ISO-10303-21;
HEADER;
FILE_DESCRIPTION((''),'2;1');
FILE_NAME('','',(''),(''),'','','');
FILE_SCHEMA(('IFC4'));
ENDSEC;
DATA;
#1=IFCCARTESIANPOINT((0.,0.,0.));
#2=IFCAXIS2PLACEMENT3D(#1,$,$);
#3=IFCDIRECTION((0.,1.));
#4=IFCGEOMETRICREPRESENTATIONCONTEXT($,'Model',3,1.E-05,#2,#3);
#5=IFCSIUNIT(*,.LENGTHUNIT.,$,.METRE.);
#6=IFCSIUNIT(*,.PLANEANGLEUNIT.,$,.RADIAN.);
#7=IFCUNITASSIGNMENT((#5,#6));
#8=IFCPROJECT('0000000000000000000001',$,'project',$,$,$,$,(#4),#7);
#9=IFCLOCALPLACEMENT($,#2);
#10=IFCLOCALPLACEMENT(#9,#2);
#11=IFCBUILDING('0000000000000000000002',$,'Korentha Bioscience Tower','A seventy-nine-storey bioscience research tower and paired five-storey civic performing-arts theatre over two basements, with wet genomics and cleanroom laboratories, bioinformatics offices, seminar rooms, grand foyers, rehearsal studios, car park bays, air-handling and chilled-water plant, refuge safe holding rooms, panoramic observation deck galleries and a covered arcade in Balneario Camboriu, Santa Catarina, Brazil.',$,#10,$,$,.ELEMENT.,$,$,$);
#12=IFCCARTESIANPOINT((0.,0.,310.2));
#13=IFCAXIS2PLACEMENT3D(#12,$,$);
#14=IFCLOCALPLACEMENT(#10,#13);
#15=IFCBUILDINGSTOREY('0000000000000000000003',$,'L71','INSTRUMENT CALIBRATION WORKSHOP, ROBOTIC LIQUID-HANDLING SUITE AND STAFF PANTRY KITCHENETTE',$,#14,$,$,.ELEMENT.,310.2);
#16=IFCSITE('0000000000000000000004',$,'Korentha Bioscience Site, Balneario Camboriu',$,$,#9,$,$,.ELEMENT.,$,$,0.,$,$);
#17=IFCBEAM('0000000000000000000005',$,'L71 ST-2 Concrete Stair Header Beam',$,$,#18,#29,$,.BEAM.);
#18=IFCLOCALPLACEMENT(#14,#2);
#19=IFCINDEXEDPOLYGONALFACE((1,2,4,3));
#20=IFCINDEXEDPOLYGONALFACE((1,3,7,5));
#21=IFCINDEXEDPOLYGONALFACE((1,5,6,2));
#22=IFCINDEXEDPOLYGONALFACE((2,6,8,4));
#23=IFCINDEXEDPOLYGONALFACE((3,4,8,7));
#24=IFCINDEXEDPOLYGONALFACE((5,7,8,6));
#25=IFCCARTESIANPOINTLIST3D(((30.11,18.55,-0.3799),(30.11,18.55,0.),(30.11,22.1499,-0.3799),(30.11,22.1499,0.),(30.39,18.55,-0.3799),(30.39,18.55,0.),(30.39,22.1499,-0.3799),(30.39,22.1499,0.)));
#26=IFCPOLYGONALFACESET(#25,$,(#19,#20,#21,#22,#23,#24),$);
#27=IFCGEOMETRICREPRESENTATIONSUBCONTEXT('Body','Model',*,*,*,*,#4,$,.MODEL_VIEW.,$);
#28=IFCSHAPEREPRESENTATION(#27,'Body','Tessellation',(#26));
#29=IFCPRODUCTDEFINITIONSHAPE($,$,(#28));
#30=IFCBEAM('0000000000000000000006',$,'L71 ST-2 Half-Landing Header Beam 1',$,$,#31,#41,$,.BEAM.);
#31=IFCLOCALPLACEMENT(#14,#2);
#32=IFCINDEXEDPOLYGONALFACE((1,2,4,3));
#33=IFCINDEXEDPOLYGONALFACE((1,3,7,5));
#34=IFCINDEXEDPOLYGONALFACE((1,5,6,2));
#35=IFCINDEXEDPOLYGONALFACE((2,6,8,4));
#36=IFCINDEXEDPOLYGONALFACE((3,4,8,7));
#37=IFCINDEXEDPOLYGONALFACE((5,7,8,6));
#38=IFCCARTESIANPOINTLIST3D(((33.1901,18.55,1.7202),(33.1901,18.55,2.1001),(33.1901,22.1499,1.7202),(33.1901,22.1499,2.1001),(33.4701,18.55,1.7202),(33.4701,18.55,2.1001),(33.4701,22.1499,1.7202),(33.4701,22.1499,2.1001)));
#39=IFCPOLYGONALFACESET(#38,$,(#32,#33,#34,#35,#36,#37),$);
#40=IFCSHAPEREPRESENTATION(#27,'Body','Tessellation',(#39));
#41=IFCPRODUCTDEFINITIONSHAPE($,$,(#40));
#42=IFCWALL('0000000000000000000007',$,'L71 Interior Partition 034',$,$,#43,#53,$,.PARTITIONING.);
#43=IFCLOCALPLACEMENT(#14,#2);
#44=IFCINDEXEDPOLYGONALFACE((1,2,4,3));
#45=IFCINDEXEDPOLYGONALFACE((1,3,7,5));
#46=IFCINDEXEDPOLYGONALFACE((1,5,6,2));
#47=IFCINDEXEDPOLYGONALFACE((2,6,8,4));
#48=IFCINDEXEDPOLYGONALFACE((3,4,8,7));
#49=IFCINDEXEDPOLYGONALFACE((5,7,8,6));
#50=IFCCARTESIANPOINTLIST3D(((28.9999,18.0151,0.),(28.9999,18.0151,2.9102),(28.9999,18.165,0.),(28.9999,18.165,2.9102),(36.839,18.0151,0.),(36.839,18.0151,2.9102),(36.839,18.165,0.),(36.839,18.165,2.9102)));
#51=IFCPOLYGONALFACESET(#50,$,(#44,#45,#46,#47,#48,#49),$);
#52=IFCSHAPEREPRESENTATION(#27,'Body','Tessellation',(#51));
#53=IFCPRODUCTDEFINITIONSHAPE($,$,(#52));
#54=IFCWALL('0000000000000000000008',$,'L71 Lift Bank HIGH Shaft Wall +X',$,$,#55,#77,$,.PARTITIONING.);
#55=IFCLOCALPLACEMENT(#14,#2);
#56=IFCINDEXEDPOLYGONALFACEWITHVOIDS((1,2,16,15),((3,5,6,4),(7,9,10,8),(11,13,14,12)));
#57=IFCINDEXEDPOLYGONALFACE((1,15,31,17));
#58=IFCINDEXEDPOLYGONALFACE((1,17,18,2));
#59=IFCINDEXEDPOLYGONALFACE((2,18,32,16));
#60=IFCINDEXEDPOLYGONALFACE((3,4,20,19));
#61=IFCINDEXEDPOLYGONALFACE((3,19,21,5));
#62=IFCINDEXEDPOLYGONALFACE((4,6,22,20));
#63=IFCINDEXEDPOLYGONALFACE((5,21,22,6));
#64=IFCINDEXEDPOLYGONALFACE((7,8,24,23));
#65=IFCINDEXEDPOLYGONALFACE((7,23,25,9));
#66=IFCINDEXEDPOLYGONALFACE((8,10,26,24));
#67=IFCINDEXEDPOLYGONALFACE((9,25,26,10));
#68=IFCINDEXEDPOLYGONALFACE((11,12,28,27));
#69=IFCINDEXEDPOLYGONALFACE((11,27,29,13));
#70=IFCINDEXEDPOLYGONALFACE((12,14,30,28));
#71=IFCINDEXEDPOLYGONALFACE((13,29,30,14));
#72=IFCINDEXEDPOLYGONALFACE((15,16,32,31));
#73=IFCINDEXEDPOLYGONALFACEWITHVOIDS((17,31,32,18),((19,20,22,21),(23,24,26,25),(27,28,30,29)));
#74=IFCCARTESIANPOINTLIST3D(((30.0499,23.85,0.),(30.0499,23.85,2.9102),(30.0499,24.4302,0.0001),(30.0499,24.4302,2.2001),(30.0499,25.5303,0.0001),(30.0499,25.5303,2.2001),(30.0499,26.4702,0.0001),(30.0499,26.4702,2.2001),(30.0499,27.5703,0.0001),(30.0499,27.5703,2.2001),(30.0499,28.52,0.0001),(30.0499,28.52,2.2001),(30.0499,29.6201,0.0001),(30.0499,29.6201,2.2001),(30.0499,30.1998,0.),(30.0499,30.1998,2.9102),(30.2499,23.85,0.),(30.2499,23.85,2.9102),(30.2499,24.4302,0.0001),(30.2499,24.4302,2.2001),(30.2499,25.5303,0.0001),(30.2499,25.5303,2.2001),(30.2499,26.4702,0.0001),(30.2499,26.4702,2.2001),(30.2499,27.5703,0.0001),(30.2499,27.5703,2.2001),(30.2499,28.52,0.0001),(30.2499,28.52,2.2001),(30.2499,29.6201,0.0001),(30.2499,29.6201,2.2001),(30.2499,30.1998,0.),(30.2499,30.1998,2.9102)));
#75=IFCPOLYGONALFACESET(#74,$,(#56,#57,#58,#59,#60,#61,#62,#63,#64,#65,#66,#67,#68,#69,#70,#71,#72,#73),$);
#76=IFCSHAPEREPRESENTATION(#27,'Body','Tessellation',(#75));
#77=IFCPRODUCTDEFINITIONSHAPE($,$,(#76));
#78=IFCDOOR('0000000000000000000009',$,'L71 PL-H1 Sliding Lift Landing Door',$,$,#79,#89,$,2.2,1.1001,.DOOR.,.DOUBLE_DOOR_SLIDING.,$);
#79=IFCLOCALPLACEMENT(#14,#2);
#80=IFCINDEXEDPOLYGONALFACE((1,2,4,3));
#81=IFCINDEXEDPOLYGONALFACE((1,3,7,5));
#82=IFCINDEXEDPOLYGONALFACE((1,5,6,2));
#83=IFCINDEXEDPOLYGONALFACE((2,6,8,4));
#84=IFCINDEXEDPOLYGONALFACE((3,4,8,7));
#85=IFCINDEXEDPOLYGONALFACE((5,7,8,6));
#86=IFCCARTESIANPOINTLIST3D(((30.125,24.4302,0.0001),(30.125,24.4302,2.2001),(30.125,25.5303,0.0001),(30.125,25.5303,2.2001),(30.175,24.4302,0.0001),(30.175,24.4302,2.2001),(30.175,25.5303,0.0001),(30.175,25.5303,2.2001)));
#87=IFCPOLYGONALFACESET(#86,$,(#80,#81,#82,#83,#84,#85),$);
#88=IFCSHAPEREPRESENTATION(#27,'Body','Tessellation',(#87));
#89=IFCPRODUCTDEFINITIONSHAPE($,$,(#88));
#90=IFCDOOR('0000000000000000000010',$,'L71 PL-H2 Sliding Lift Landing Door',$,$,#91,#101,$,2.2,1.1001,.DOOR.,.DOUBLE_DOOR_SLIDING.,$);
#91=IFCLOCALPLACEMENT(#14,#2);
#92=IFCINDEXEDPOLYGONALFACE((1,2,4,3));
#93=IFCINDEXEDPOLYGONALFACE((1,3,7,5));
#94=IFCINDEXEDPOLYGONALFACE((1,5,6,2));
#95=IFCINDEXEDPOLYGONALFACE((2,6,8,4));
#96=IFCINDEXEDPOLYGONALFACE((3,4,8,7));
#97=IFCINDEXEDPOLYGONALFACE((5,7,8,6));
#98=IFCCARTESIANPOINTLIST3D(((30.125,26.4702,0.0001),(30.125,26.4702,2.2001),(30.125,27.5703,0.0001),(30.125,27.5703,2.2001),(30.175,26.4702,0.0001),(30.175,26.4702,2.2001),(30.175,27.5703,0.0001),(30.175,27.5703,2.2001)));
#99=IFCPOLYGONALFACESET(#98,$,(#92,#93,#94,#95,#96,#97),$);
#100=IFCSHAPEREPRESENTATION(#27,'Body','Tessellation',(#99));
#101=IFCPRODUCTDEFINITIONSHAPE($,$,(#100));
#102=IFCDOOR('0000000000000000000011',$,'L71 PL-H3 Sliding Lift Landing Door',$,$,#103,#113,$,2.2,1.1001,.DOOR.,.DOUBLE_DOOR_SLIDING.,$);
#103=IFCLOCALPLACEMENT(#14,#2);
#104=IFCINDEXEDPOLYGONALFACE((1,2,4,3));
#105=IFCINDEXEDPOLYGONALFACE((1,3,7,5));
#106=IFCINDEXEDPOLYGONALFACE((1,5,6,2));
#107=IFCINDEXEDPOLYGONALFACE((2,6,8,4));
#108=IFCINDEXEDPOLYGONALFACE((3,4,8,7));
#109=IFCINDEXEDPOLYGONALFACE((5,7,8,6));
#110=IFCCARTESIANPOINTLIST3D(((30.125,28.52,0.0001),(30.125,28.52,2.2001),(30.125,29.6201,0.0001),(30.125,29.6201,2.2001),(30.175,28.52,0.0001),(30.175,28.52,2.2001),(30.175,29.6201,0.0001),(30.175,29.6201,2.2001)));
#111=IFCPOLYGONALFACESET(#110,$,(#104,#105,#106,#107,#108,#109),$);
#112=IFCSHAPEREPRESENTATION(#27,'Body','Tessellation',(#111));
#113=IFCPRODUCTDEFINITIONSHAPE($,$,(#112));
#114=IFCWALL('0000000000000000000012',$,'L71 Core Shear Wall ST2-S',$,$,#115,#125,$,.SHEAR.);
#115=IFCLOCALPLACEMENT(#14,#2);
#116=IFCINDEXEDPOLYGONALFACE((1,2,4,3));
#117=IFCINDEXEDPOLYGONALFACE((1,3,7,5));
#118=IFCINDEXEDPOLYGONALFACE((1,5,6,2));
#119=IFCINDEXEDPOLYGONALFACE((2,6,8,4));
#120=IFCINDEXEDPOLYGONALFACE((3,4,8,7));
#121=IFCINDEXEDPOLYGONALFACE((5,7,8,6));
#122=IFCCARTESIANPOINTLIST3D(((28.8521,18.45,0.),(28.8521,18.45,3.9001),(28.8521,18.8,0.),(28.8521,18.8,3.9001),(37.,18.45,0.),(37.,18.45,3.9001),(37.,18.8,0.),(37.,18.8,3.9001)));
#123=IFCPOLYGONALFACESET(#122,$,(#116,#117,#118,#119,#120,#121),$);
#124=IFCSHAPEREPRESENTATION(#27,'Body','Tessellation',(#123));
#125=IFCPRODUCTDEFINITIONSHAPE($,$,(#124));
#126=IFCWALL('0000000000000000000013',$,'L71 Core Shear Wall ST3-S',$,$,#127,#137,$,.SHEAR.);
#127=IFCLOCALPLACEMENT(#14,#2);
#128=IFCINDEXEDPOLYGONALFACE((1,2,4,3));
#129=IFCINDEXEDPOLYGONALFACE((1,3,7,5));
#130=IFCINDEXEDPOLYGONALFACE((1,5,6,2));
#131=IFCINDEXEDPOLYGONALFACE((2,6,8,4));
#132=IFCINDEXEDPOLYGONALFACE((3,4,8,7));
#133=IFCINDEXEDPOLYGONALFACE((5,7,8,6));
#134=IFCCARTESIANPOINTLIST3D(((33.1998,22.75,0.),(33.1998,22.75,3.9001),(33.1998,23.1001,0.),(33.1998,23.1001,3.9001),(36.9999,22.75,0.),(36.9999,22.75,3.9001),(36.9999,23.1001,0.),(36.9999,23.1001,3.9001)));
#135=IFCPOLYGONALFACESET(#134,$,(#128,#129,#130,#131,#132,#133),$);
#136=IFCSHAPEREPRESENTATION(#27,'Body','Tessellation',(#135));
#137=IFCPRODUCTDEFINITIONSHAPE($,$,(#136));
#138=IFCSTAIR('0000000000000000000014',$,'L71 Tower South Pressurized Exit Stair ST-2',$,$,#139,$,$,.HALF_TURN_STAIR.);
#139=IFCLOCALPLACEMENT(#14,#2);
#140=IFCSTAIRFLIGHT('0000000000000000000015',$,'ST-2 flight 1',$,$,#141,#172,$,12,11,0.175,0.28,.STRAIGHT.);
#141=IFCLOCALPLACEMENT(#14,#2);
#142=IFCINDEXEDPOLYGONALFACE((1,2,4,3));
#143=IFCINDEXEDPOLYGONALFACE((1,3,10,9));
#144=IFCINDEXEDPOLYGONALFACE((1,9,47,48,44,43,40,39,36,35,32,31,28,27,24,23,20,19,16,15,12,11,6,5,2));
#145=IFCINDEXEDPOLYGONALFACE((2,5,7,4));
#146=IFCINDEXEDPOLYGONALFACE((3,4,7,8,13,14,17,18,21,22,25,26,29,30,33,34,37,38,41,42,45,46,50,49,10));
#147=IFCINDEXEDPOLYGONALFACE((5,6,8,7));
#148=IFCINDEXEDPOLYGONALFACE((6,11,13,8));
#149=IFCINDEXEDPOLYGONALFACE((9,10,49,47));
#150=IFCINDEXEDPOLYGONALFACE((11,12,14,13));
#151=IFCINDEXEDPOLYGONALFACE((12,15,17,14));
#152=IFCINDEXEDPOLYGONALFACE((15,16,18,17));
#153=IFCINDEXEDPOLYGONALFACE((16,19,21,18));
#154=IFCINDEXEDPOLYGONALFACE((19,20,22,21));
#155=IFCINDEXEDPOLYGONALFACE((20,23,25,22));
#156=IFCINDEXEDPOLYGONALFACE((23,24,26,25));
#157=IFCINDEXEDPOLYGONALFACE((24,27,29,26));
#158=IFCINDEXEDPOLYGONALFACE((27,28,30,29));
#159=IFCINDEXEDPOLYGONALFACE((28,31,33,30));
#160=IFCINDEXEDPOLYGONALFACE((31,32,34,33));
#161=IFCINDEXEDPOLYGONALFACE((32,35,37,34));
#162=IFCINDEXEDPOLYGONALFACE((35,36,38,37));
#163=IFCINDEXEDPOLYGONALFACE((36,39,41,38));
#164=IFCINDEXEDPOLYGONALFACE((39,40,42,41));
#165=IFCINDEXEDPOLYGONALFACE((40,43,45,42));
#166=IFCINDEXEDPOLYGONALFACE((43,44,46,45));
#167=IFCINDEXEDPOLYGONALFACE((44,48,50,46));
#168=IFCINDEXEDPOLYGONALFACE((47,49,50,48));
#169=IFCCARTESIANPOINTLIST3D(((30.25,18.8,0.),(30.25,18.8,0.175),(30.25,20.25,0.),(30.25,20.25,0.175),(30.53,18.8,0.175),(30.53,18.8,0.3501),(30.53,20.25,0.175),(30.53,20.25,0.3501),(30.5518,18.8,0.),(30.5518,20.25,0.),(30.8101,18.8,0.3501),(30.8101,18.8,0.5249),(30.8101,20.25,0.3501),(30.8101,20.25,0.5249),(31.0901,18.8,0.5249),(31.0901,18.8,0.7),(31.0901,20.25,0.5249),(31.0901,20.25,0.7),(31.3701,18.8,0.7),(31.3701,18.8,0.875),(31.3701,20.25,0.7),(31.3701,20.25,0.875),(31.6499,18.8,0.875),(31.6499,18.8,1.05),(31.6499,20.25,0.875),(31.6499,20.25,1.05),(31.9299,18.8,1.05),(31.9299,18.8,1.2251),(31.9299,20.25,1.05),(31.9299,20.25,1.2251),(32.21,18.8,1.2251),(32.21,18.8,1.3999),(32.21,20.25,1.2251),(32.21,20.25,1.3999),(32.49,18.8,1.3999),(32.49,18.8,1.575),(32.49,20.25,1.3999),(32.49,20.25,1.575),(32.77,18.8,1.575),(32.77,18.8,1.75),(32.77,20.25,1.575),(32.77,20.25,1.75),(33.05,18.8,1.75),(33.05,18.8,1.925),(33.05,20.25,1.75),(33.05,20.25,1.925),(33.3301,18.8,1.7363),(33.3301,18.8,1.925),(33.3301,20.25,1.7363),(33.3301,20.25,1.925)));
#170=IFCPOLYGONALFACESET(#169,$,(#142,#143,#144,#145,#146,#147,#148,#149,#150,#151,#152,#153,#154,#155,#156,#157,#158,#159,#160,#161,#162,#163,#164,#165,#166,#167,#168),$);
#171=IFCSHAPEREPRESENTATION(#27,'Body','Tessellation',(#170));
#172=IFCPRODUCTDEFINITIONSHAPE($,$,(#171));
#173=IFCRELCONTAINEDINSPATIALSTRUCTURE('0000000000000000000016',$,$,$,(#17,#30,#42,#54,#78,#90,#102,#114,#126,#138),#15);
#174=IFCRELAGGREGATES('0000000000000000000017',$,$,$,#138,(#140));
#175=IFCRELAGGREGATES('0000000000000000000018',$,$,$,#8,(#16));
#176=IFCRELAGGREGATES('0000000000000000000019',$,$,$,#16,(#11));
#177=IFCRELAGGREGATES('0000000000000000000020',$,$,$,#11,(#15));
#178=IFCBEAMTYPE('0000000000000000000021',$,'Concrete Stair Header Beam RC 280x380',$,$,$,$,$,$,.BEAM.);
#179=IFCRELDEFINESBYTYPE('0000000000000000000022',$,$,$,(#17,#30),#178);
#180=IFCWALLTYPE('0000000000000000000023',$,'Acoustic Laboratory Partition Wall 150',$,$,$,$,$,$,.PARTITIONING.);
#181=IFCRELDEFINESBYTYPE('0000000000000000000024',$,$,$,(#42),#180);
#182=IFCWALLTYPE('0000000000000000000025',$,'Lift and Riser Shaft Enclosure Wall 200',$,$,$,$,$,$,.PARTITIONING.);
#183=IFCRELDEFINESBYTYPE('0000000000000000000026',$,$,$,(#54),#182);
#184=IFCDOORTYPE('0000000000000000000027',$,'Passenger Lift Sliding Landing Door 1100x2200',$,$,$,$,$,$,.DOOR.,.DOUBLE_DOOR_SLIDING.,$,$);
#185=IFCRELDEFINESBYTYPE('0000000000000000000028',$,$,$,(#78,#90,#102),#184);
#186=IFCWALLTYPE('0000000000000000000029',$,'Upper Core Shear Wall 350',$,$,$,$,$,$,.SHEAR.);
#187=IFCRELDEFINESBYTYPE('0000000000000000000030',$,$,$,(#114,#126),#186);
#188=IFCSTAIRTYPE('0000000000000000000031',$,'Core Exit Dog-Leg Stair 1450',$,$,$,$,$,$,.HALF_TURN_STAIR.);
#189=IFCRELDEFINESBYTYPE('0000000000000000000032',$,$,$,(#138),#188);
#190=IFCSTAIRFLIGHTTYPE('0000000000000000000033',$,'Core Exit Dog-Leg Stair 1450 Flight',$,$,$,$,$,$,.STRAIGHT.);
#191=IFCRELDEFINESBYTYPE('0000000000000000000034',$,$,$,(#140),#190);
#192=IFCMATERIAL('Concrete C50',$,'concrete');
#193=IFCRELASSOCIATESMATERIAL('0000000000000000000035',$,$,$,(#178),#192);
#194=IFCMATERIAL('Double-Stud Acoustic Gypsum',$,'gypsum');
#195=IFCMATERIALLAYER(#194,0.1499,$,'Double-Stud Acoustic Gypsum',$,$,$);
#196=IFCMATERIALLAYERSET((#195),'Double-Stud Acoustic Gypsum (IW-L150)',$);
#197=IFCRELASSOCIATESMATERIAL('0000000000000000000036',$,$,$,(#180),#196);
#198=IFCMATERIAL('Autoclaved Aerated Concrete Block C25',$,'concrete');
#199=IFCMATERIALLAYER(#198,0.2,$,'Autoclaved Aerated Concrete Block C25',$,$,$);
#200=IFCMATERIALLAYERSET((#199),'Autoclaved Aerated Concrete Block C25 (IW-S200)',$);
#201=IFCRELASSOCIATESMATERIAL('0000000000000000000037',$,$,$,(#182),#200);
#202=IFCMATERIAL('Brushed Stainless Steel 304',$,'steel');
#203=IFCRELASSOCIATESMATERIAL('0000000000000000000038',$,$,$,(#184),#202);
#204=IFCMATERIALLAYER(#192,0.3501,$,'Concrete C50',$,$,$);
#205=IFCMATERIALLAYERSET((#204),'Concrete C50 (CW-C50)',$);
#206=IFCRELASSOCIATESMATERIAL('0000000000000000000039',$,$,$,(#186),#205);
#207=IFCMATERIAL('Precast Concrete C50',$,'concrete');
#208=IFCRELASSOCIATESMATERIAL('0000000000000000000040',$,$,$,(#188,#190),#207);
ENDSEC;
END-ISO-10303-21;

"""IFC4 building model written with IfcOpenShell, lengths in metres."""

from ifc_helpers import new_model, si_unit, direction, frame, frame_2d, origin, origin_2d, place, context, subcontext, project, spatial, polyline, rectangle, outline, extrude, material, layer, layer_set, material_profile, profile_set, type_object, element, fill, aggregate, save


model = new_model("IFC4")

# Units and contexts
model_context = context("Model", 3, precision=1e-05, world=origin(), true_north=direction((0.0, 1.0)))
body_context = subcontext(model_context, "Body", "Model", "MODEL_VIEW")
ifc_project = project(units=[si_unit("LENGTHUNIT", "METRE"), si_unit("PLANEANGLEUNIT", "RADIAN")], contexts=[model_context])

# Site, building, storey
site_placement = place(None, origin())
site = spatial("IfcSite", under=ifc_project, at=site_placement, Name="Korentha Bioscience Site, Balneario Camboriu", CompositionType="ELEMENT", RefElevation=0.0)
building_placement = place(site_placement, origin())
building = spatial("IfcBuilding", under=site, at=building_placement, Name="Korentha Bioscience Tower", Description="A seventy-nine-storey bioscience research tower and paired five-storey civic performing-arts theatre over two basements, with wet genomics and cleanroom laboratories, bioinformatics offices, seminar rooms, grand foyers, rehearsal studios, car park bays, air-handling and chilled-water plant, refuge safe holding rooms, panoramic observation deck galleries and a covered arcade in Balneario Camboriu, Santa Catarina, Brazil.", CompositionType="ELEMENT")
storey_placement = place(building_placement, frame((0.0, 0.0, 310.2)))
storey = spatial("IfcBuildingStorey", under=building, at=storey_placement, Name="L71", Description="INSTRUMENT CALIBRATION WORKSHOP, ROBOTIC LIQUID-HANDLING SUITE AND STAFF PANTRY KITCHENETTE", CompositionType="ELEMENT", Elevation=310.2)

# Beams
ifc_material_1 = material(Name="Concrete C50", Category="concrete")
ifc_material_profile = material_profile(ifc_material_1, rectangle(XDim=0.28, YDim=0.3799, at=origin_2d()), Name="Concrete C50")
ifc_profile_set = profile_set([ifc_material_profile], Name="Concrete C50 (ST-HB380)")
beam_type = type_object("IfcBeamType", Name="Concrete Stair Header Beam RC 280x380", PredefinedType="BEAM", material=ifc_profile_set)
for number, where, z_axis, x_axis, name in (
    (1, (30.25, 18.55, -0.1899), (0.0, 1.0, 0.0), (-1.0, 0.0, 0.0), "L71 ST-2 Concrete Stair Header Beam"),
    (2, (33.3301, 18.55, 1.9102), (0.0, 1.0, 0.0), (-1.0, 0.0, 0.0), "L71 ST-2 Half-Landing Header Beam 1"),
):
    element("IfcBeam", number, at=place(storey_placement, frame(where, z_axis=z_axis, x_axis=x_axis)), inside=storey, type_object=beam_type, Name=name, PredefinedType="BEAM", context=body_context, shape_type="SweptSolid", body=[
        extrude(rectangle(XDim=0.28, YDim=0.3799, at=origin_2d()), origin(), (0.0, 0.0, 1.0), 3.5999),
    ])

# Wall
ifc_material_2 = material(Name="Double-Stud Acoustic Gypsum", Category="gypsum")
ifc_layer_1 = layer(ifc_material_2, 0.1499, Name="Double-Stud Acoustic Gypsum")
ifc_layer_set_1 = layer_set([ifc_layer_1], Name="Double-Stud Acoustic Gypsum (IW-L150)")
wall_type_1 = type_object("IfcWallType", Name="Acoustic Laboratory Partition Wall 150", PredefinedType="PARTITIONING", material=ifc_layer_set_1)
wall_1_placement = place(storey_placement, frame((29.0, 18.0901, 0.0), z_axis=(0.0, 0.0, 1.0), x_axis=(1.0, 0.0, 0.0)))
element("IfcWall", 3, at=wall_1_placement, inside=storey, type_object=wall_type_1, Name="L71 Interior Partition 034", PredefinedType="PARTITIONING", context=body_context, shape_type="SweptSolid", body=[
    extrude(rectangle(XDim=7.8391, YDim=0.1499, at=frame_2d((3.9194, 0.0))), origin(), (0.0, 0.0, 1.0), 2.9102),
])

# Wall, openings, doors
ifc_material_3 = material(Name="Autoclaved Aerated Concrete Block C25", Category="concrete")
ifc_layer_2 = layer(ifc_material_3, 0.2, Name="Autoclaved Aerated Concrete Block C25")
ifc_layer_set_2 = layer_set([ifc_layer_2], Name="Autoclaved Aerated Concrete Block C25 (IW-S200)")
wall_type_2 = type_object("IfcWallType", Name="Lift and Riser Shaft Enclosure Wall 200", PredefinedType="PARTITIONING", material=ifc_layer_set_2)
wall_2_placement = place(storey_placement, frame((30.1499, 23.8501, 0.0), z_axis=(0.0, 0.0, 1.0), x_axis=(0.0, 1.0, 0.0)))
wall_2 = element("IfcWall", 4, at=wall_2_placement, inside=storey, type_object=wall_type_2, Name="L71 Lift Bank HIGH Shaft Wall +X", PredefinedType="PARTITIONING", context=body_context, shape_type="SweptSolid", body=[
    extrude(rectangle(XDim=6.3499, YDim=0.2, at=frame_2d((3.1748, 0.0))), origin(), (0.0, 0.0, 1.0), 2.9102),
])
opening_1_placement = place(wall_2_placement, frame((0.5801, 0.0, 0.0)))
opening_1 = element("IfcOpeningElement", 5, at=opening_1_placement, cuts=wall_2, PredefinedType="OPENING", context=body_context, shape_type="SweptSolid", body=[
    extrude(rectangle(XDim=1.1001, YDim=2.2, at=frame_2d((0.55, 1.1001))), frame((0.0, 0.1147, 0.0), z_axis=(0.0, -1.0, 0.0), x_axis=(1.0, 0.0, 0.0)), (0.0, 0.0, 1.0), 0.2297),
])
opening_2_placement = place(wall_2_placement, frame((2.6201, 0.0, 0.0)))
opening_2 = element("IfcOpeningElement", 6, at=opening_2_placement, cuts=wall_2, PredefinedType="OPENING", context=body_context, shape_type="SweptSolid", body=[
    extrude(rectangle(XDim=1.1001, YDim=2.2, at=frame_2d((0.55, 1.1001))), frame((0.0, 0.1147, 0.0), z_axis=(0.0, -1.0, 0.0), x_axis=(1.0, 0.0, 0.0)), (0.0, 0.0, 1.0), 0.2297),
])
opening_3_placement = place(wall_2_placement, frame((4.6699, 0.0, 0.0)))
opening_3 = element("IfcOpeningElement", 7, at=opening_3_placement, cuts=wall_2, PredefinedType="OPENING", context=body_context, shape_type="SweptSolid", body=[
    extrude(rectangle(XDim=1.1001, YDim=2.2, at=frame_2d((0.55, 1.1001))), frame((0.0, 0.1147, 0.0), z_axis=(0.0, -1.0, 0.0), x_axis=(1.0, 0.0, 0.0)), (0.0, 0.0, 1.0), 0.2297),
])
ifc_material_4 = material(Name="Brushed Stainless Steel 304", Category="steel")
door_type_1 = type_object("IfcDoorType", Name="Passenger Lift Sliding Landing Door 1100x2200", OperationType="DOUBLE_DOOR_SLIDING", PredefinedType="DOOR", material=ifc_material_4)
door_1_placement = place(opening_1_placement, origin())
door_1 = element("IfcDoor", 8, at=door_1_placement, inside=storey, type_object=door_type_1, Name="L71 PL-H1 Sliding Lift Landing Door", OperationType="DOUBLE_DOOR_SLIDING", OverallHeight=2.2, OverallWidth=1.1001, PredefinedType="DOOR", context=body_context, shape_type="SweptSolid", body=[
    extrude(rectangle(XDim=1.1001, YDim=2.2, at=frame_2d((0.55, 1.1001))), frame((0.0, 0.0249, 0.0), z_axis=(0.0, -1.0, 0.0), x_axis=(1.0, 0.0, 0.0)), (0.0, 0.0, 1.0), 0.05),
])
fill(opening_1, door_1)
door_2_placement = place(opening_2_placement, origin())
door_2 = element("IfcDoor", 9, at=door_2_placement, inside=storey, type_object=door_type_1, Name="L71 PL-H2 Sliding Lift Landing Door", OperationType="DOUBLE_DOOR_SLIDING", OverallHeight=2.2, OverallWidth=1.1001, PredefinedType="DOOR", context=body_context, shape_type="SweptSolid", body=[
    extrude(rectangle(XDim=1.1001, YDim=2.2, at=frame_2d((0.55, 1.1001))), frame((0.0, 0.0249, 0.0), z_axis=(0.0, -1.0, 0.0), x_axis=(1.0, 0.0, 0.0)), (0.0, 0.0, 1.0), 0.05),
])
fill(opening_2, door_2)
door_3_placement = place(opening_3_placement, origin())
door_3 = element("IfcDoor", 10, at=door_3_placement, inside=storey, type_object=door_type_1, Name="L71 PL-H3 Sliding Lift Landing Door", OperationType="DOUBLE_DOOR_SLIDING", OverallHeight=2.2, OverallWidth=1.1001, PredefinedType="DOOR", context=body_context, shape_type="SweptSolid", body=[
    extrude(rectangle(XDim=1.1001, YDim=2.2, at=frame_2d((0.55, 1.1001))), frame((0.0, 0.0249, 0.0), z_axis=(0.0, -1.0, 0.0), x_axis=(1.0, 0.0, 0.0)), (0.0, 0.0, 1.0), 0.05),
])
fill(opening_3, door_3)

# Walls
ifc_layer_3 = layer(ifc_material_1, 0.3501, Name="Concrete C50")
ifc_layer_set_3 = layer_set([ifc_layer_3], Name="Concrete C50 (CW-C50)")
wall_type_3 = type_object("IfcWallType", Name="Upper Core Shear Wall 350", PredefinedType="SHEAR", material=ifc_layer_set_3)
wall_3_placement = place(storey_placement, frame((28.8521, 18.625, 0.0), z_axis=(0.0, 0.0, 1.0), x_axis=(1.0, 0.0, 0.0)))
element("IfcWall", 11, at=wall_3_placement, inside=storey, type_object=wall_type_3, Name="L71 Core Shear Wall ST2-S", PredefinedType="SHEAR", context=body_context, shape_type="SweptSolid", body=[
    extrude(rectangle(XDim=8.1479, YDim=0.3501, at=frame_2d((4.074, 0.0))), origin(), (0.0, 0.0, 1.0), 3.9001),
])
wall_4_placement = place(storey_placement, frame((33.2, 22.925, 0.0), z_axis=(0.0, 0.0, 1.0), x_axis=(1.0, 0.0, 0.0)))
element("IfcWall", 12, at=wall_4_placement, inside=storey, type_object=wall_type_3, Name="L71 Core Shear Wall ST3-S", PredefinedType="SHEAR", context=body_context, shape_type="SweptSolid", body=[
    extrude(rectangle(XDim=3.8, YDim=0.3501, at=frame_2d((1.8999, 0.0))), origin(), (0.0, 0.0, 1.0), 3.9001),
])

# Stair, stair flight
ifc_material_5 = material(Name="Precast Concrete C50", Category="concrete")
stair_type = type_object("IfcStairType", Name="Core Exit Dog-Leg Stair 1450", PredefinedType="HALF_TURN_STAIR", material=ifc_material_5)
stair_1_placement = place(storey_placement, origin())
stair_1 = element("IfcStair", 13, at=stair_1_placement, inside=storey, type_object=stair_type, Name="L71 Tower South Pressurized Exit Stair ST-2", PredefinedType="HALF_TURN_STAIR")
stair_flight_type = type_object("IfcStairFlightType", Name="Core Exit Dog-Leg Stair 1450 Flight", PredefinedType="STRAIGHT", material=ifc_material_5)
stair_flight_1_placement = place(storey_placement, frame((30.25, 19.5249, 0.0), z_axis=(0.0, 0.0, 1.0), x_axis=(1.0, 0.0, 0.0)))
stair_flight_1 = element("IfcStairFlight", 14, at=stair_flight_1_placement, type_object=stair_flight_type, Name="ST-2 flight 1", NumberOfRisers=12, NumberOfTreads=11, PredefinedType="STRAIGHT", RiserHeight=0.175, TreadLength=0.28, context=body_context, shape_type="SweptSolid", body=[
    extrude(outline(polyline([(0.0, 0.0), (0.0, 0.175), (0.28, 0.175), (0.28, 0.3501), (0.5601, 0.3501), (0.5601, 0.5249), (0.8401, 0.5249), (0.8401, 0.7), (1.1201, 0.7), (1.1201, 0.875), (1.3999, 0.875), (1.3999, 1.05), (1.6799, 1.05), (1.6799, 1.2251), (1.96, 1.2251), (1.96, 1.3999), (2.24, 1.3999), (2.24, 1.575), (2.52, 1.575), (2.52, 1.75), (2.8, 1.75), (2.8, 1.925), (3.0801, 1.925), (3.0801, 2.1001), (3.0801, 1.7363), (0.3018, 0.0), (0.0, 0.0)])), frame((0.0, 0.7251, 0.0), z_axis=(0.0, -1.0, 0.0), x_axis=(1.0, 0.0, 0.0)), (0.0, 0.0, 1.0), 1.45),
])
aggregate(stair_1, [stair_flight_1])

save(model, "model.ifc")
